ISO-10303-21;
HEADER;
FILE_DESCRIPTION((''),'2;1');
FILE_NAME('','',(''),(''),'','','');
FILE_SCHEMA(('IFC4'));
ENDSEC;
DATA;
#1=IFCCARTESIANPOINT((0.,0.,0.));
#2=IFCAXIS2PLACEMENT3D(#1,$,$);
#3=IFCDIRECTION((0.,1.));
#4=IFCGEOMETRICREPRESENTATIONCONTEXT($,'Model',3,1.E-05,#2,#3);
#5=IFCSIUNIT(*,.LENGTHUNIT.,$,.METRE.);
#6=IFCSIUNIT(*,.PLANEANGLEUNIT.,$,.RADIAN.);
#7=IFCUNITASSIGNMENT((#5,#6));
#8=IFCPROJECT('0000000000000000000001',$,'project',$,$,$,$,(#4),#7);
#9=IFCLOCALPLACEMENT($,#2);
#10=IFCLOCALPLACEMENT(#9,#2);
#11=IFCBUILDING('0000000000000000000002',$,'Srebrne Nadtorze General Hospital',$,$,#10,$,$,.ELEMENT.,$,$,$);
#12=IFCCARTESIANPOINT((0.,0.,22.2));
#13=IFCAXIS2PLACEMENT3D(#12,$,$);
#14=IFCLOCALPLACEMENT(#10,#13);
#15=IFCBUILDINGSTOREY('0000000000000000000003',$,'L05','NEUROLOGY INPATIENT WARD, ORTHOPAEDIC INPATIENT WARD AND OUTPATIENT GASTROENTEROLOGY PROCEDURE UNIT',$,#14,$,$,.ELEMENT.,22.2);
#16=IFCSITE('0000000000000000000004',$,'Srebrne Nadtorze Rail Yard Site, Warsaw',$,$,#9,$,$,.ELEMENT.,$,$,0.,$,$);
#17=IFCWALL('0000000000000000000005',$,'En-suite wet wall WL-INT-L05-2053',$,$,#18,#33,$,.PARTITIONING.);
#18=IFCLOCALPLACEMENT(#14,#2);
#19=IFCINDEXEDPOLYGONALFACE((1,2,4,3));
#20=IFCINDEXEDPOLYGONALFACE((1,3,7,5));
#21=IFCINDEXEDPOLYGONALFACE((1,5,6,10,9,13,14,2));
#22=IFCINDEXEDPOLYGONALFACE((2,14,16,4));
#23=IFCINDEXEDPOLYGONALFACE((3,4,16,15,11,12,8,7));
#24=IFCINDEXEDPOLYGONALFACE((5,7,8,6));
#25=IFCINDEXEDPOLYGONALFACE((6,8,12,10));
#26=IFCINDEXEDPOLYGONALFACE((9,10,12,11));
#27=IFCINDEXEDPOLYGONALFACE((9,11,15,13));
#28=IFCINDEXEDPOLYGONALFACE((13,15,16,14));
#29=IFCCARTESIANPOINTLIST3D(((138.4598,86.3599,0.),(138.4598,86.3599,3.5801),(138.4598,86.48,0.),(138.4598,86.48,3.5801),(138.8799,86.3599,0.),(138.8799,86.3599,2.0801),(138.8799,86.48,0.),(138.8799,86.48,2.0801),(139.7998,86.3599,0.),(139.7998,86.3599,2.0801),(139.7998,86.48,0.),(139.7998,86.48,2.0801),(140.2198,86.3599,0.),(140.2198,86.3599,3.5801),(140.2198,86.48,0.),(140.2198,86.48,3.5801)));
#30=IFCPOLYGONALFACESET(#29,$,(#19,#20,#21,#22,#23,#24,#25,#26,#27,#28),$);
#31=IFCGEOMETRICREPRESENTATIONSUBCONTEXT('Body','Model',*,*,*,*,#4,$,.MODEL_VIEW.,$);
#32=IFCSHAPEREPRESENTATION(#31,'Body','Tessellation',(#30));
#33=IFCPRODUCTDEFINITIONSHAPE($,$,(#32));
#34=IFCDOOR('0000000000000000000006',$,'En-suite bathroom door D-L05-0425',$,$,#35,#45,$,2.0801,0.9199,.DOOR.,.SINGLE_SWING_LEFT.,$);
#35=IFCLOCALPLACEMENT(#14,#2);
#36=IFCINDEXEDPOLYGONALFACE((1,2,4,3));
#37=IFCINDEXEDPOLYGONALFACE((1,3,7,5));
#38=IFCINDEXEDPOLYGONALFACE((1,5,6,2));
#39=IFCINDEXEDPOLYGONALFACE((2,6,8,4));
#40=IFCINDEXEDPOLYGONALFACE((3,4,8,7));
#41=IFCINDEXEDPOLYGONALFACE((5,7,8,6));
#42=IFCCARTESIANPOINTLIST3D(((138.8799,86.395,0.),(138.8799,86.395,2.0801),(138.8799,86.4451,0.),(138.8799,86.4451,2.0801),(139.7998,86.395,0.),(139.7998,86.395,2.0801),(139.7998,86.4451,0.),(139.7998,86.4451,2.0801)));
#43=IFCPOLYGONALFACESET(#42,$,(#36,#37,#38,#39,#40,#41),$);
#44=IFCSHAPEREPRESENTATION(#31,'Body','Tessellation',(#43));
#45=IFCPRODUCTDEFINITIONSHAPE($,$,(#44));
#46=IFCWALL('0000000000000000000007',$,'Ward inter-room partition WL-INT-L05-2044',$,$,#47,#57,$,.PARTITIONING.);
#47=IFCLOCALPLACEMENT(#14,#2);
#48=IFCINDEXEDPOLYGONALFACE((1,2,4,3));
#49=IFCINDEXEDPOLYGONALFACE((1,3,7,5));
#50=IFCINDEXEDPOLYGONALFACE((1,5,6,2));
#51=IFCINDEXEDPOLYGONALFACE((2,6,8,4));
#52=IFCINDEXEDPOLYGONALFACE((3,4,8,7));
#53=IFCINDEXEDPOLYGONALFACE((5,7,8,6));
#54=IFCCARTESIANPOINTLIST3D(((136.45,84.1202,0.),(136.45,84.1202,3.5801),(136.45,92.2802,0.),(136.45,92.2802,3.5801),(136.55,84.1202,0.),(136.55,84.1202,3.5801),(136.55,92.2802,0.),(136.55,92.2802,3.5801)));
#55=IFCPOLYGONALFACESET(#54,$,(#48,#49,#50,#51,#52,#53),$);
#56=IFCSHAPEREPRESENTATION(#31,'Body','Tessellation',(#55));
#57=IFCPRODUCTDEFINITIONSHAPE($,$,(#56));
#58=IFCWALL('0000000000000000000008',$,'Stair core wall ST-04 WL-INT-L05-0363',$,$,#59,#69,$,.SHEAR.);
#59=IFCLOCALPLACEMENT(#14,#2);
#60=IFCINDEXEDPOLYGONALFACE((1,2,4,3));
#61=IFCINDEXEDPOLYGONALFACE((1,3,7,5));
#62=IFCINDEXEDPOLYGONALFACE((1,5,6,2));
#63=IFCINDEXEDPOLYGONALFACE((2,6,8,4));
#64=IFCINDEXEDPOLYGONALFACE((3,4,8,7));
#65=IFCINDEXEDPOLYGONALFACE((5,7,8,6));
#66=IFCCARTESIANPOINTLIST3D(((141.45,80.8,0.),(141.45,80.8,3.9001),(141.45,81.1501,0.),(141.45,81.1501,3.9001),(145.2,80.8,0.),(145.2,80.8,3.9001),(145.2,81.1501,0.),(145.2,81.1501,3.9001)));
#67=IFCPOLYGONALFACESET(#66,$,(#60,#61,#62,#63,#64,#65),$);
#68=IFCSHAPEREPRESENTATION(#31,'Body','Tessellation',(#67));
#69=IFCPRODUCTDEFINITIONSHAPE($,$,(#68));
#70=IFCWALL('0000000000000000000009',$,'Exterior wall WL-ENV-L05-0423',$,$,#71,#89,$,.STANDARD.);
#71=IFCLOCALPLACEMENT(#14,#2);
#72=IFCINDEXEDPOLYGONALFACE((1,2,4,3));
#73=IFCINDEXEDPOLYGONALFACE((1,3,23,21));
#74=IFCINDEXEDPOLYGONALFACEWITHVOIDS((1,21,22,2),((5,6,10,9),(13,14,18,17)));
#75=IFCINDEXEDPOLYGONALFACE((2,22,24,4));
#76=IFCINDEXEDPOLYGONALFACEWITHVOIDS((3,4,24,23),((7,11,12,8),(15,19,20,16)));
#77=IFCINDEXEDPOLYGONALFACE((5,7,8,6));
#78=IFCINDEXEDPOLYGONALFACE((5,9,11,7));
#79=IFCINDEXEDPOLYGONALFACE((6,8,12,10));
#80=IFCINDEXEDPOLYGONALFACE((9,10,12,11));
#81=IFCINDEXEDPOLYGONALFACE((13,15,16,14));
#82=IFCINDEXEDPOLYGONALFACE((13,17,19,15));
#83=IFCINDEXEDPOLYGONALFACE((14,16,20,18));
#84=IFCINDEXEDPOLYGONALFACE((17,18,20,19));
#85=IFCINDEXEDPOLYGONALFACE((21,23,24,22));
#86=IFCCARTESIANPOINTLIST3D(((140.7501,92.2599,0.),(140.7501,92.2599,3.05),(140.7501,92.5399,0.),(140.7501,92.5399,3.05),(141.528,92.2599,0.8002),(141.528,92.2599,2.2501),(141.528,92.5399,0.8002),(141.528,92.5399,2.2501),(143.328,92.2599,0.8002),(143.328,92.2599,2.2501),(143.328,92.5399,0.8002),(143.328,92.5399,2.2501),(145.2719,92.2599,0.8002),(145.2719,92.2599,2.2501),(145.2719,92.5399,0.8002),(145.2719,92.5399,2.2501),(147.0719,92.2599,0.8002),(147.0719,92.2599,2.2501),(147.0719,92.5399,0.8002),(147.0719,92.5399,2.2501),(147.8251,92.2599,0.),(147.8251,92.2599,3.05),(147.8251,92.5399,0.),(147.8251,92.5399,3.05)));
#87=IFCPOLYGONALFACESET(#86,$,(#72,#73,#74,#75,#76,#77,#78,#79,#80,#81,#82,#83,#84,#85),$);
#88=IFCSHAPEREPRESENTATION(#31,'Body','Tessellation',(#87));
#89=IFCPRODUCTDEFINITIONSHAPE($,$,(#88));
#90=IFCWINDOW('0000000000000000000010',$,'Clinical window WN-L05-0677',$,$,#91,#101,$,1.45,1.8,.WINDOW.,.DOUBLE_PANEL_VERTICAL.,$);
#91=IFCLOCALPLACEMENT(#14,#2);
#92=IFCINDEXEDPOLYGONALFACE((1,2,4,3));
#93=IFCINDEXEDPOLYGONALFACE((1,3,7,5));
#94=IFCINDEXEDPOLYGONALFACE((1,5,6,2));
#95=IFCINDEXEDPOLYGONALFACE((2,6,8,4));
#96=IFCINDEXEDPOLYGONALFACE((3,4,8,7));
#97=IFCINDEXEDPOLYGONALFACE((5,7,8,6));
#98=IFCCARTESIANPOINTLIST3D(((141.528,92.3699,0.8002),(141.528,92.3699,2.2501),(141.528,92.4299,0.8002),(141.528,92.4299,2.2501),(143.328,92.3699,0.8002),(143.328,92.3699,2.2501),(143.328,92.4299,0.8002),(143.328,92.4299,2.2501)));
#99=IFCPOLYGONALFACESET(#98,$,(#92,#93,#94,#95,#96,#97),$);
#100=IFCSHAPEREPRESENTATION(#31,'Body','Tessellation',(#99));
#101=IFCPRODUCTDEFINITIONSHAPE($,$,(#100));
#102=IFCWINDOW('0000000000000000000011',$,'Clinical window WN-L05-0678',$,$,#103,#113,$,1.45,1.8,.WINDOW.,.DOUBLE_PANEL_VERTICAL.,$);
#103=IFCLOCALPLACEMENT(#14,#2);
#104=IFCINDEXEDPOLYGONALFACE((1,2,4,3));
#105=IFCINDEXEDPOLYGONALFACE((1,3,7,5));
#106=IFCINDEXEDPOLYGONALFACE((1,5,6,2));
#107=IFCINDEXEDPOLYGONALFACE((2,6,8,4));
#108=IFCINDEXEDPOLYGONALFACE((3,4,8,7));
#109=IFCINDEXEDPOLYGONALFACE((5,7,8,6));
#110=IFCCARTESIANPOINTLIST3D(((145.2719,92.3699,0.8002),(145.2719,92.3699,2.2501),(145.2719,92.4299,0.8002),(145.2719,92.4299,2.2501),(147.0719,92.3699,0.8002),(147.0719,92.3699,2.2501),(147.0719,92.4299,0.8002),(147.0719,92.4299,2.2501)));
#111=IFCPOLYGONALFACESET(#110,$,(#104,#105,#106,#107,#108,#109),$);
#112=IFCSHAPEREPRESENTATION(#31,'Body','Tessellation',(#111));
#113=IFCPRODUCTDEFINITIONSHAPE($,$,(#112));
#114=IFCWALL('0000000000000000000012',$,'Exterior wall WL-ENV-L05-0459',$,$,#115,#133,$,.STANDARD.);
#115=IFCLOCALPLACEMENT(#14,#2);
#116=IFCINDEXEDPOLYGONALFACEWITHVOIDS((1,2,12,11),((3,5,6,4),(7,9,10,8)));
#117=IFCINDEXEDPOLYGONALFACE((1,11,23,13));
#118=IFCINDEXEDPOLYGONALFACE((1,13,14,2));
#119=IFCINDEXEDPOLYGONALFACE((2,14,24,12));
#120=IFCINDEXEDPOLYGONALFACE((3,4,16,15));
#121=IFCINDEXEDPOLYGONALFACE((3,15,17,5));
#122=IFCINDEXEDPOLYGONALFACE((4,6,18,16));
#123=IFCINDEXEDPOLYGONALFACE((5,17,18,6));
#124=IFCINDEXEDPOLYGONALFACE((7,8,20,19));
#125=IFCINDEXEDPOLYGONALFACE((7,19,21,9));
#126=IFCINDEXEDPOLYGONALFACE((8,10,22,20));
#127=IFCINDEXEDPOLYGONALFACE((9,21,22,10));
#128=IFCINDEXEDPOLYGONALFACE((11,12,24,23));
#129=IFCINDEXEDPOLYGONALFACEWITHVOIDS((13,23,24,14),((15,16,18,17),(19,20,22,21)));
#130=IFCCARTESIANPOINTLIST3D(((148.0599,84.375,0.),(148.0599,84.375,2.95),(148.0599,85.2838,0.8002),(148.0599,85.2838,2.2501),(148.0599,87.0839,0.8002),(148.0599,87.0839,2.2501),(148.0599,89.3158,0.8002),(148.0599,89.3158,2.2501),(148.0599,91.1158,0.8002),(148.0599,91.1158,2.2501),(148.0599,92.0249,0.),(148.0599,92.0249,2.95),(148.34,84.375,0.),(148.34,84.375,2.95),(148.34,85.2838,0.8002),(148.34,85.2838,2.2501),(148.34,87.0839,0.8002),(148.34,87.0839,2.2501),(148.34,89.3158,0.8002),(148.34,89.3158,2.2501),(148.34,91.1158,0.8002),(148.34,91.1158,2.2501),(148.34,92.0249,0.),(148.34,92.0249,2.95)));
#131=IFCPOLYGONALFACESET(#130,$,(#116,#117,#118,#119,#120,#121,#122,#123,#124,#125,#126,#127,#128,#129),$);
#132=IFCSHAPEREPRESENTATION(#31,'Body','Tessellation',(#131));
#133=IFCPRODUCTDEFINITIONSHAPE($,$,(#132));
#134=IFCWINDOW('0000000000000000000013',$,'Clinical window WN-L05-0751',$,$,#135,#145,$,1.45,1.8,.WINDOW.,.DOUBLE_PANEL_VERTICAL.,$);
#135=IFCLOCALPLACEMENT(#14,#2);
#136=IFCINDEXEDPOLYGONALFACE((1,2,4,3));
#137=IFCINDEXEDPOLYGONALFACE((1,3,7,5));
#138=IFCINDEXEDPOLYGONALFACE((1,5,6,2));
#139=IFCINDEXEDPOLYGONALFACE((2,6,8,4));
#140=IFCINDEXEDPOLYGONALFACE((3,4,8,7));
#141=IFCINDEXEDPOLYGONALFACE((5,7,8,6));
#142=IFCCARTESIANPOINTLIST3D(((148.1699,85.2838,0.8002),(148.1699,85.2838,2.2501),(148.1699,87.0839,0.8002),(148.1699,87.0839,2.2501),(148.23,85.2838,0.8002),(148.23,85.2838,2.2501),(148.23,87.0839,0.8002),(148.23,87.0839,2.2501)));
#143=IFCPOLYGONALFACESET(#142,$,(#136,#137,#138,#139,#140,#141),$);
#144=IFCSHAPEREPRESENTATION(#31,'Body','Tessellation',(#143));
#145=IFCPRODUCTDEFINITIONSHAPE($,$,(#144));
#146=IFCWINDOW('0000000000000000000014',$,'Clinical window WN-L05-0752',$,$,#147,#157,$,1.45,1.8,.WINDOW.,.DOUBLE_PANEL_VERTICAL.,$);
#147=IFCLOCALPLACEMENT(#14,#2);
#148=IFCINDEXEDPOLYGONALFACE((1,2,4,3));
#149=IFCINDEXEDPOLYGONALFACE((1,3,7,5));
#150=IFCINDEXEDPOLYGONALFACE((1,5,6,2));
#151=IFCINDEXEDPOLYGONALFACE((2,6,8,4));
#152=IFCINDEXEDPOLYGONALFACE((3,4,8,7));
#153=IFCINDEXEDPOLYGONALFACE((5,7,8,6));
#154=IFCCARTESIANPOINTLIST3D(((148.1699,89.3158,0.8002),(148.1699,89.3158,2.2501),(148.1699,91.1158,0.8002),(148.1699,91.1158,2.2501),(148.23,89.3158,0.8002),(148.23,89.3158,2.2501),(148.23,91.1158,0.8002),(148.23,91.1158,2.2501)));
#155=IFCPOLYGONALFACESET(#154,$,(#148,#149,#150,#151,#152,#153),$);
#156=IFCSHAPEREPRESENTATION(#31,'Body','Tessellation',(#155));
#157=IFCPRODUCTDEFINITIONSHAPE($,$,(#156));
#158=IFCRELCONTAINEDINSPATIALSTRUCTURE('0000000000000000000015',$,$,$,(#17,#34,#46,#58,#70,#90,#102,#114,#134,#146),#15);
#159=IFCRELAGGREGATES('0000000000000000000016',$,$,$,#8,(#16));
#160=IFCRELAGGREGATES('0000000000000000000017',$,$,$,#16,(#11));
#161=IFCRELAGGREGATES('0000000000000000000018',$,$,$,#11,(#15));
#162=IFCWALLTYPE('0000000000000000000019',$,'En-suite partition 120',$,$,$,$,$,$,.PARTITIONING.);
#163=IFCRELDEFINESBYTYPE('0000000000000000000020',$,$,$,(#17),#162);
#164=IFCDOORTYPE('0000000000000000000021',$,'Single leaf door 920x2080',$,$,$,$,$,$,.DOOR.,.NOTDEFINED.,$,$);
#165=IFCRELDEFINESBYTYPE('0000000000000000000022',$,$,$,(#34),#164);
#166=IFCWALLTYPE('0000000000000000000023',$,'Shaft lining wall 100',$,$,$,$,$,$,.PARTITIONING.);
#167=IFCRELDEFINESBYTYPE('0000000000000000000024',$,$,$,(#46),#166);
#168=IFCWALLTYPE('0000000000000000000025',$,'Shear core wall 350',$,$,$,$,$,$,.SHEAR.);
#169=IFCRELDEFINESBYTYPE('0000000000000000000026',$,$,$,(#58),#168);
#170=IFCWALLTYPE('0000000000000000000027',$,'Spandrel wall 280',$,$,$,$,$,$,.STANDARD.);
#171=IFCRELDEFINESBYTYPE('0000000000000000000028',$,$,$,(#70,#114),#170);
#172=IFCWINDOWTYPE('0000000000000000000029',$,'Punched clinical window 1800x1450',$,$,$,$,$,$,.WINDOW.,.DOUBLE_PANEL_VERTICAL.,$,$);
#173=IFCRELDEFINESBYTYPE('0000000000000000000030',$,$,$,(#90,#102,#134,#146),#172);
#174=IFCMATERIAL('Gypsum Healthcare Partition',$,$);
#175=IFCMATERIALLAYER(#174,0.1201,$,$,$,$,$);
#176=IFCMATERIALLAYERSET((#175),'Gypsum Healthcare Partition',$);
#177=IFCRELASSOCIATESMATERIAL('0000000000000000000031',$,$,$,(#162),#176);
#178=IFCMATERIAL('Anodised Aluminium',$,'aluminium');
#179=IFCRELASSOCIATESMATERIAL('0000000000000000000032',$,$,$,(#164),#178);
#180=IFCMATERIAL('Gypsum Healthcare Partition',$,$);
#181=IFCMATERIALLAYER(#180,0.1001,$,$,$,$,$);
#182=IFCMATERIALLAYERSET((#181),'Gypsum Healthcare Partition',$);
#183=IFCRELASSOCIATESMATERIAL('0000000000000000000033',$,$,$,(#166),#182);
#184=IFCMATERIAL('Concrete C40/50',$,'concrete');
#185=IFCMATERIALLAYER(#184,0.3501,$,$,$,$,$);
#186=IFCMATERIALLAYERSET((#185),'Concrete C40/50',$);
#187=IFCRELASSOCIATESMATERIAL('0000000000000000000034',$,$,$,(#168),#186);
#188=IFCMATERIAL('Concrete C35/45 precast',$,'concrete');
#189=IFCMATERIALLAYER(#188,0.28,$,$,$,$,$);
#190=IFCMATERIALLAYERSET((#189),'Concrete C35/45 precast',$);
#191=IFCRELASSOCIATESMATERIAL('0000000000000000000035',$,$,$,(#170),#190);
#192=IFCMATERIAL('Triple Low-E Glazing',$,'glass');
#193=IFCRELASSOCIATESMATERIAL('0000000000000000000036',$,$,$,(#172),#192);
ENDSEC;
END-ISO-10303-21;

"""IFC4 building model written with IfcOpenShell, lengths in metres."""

from ifc_helpers import new_model, si_unit, direction, frame, frame_2d, origin, place, context, subcontext, project, spatial, rectangle, extrude, material, layer, layer_set, type_object, element, fill, save


model = new_model("IFC4")

# Units and contexts
model_context = context("Model", 3, precision=1e-05, world=origin(), true_north=direction((0.0, 1.0)))
body_context = subcontext(model_context, "Body", "Model", "MODEL_VIEW")
ifc_project = project(units=[si_unit("LENGTHUNIT", "METRE"), si_unit("PLANEANGLEUNIT", "RADIAN")], contexts=[model_context])

# Site, building, storey
site_placement = place(None, origin())
site = spatial("IfcSite", under=ifc_project, at=site_placement, Name="Srebrne Nadtorze Rail Yard Site, Warsaw", CompositionType="ELEMENT", RefElevation=0.0)
building_placement = place(site_placement, origin())
building = spatial("IfcBuilding", under=site, at=building_placement, Name="Srebrne Nadtorze General Hospital", CompositionType="ELEMENT")
storey_placement = place(building_placement, frame((0.0, 0.0, 22.2)))
storey = spatial("IfcBuildingStorey", under=building, at=storey_placement, Name="L05", Description="NEUROLOGY INPATIENT WARD, ORTHOPAEDIC INPATIENT WARD AND OUTPATIENT GASTROENTEROLOGY PROCEDURE UNIT", CompositionType="ELEMENT", Elevation=22.2)

# Shared definitions
ifc_material_1 = material(Name="Gypsum Healthcare Partition")
ifc_layer_1 = layer(ifc_material_1, 0.1201)
ifc_layer_set_1 = layer_set([ifc_layer_1], Name="Gypsum Healthcare Partition")
wall_type_1 = type_object("IfcWallType", Name="En-suite partition 120", PredefinedType="PARTITIONING", material=ifc_layer_set_1)

# Wall, opening, door
wall_1_placement = place(storey_placement, frame((138.46, 86.4199, 0.0), z_axis=(0.0, 0.0, 1.0), x_axis=(1.0, 0.0, 0.0)))
wall_1 = element("IfcWall", 1, at=wall_1_placement, inside=storey, type_object=wall_type_1, Name="En-suite wet wall WL-INT-L05-2053", PredefinedType="PARTITIONING", context=body_context, shape_type="SweptSolid", body=[
    extrude(rectangle(XDim=1.76, YDim=0.1201, at=frame_2d((0.8799, 0.0))), origin(), (0.0, 0.0, 1.0), 3.5801),
])
opening_1_placement = place(wall_1_placement, frame((0.4199, 0.0, 0.0)))
opening_1 = element("IfcOpeningElement", 2, at=opening_1_placement, cuts=wall_1, PredefinedType="OPENING", context=body_context, shape_type="SweptSolid", body=[
    extrude(rectangle(XDim=0.9199, YDim=2.0801, at=frame_2d((0.46, 1.04))), frame((0.0, 0.072, 0.0), z_axis=(0.0, -1.0, 0.0), x_axis=(1.0, 0.0, 0.0)), (0.0, 0.0, 1.0), 0.144),
])
ifc_material_2 = material(Name="Anodised Aluminium", Category="aluminium")
door_type_1 = type_object("IfcDoorType", Name="Single leaf door 920x2080", OperationType="NOTDEFINED", PredefinedType="DOOR", material=ifc_material_2)
door_1_placement = place(opening_1_placement, frame((0.9199, 0.0, 0.0), z_axis=(0.0, 0.0, 1.0), x_axis=(-1.0, 0.0, 0.0)))
door_1 = element("IfcDoor", 3, at=door_1_placement, inside=storey, type_object=door_type_1, Name="En-suite bathroom door D-L05-0425", OperationType="SINGLE_SWING_LEFT", OverallHeight=2.0801, OverallWidth=0.9199, PredefinedType="DOOR", context=body_context, shape_type="SweptSolid", body=[
    extrude(rectangle(XDim=0.9199, YDim=2.0801, at=frame_2d((0.46, 1.04))), frame((0.0, 0.0249, 0.0), z_axis=(0.0, -1.0, 0.0), x_axis=(1.0, 0.0, 0.0)), (0.0, 0.0, 1.0), 0.05),
])
fill(opening_1, door_1)

# Walls
ifc_material_3 = material(Name="Gypsum Healthcare Partition")
ifc_layer_2 = layer(ifc_material_3, 0.1001)
ifc_layer_set_2 = layer_set([ifc_layer_2], Name="Gypsum Healthcare Partition")
wall_type_2 = type_object("IfcWallType", Name="Shaft lining wall 100", PredefinedType="PARTITIONING", material=ifc_layer_set_2)
wall_2_placement = place(storey_placement, frame((136.5, 84.1201, 0.0), z_axis=(0.0, 0.0, 1.0), x_axis=(0.0, 1.0, 0.0)))
element("IfcWall", 4, at=wall_2_placement, inside=storey, type_object=wall_type_2, Name="Ward inter-room partition WL-INT-L05-2044", PredefinedType="PARTITIONING", context=body_context, shape_type="SweptSolid", body=[
    extrude(rectangle(XDim=8.1599, YDim=0.1001, at=frame_2d((4.0801, 0.0))), origin(), (0.0, 0.0, 1.0), 3.5801),
])
ifc_material_4 = material(Name="Concrete C40/50", Category="concrete")
ifc_layer_3 = layer(ifc_material_4, 0.3501)
ifc_layer_set_3 = layer_set([ifc_layer_3], Name="Concrete C40/50")
wall_type_3 = type_object("IfcWallType", Name="Shear core wall 350", PredefinedType="SHEAR", material=ifc_layer_set_3)
wall_3_placement = place(storey_placement, frame((141.45, 80.9751, 0.0), z_axis=(0.0, 0.0, 1.0), x_axis=(1.0, 0.0, 0.0)))
element("IfcWall", 5, at=wall_3_placement, inside=storey, type_object=wall_type_3, Name="Stair core wall ST-04 WL-INT-L05-0363", PredefinedType="SHEAR", context=body_context, shape_type="SweptSolid", body=[
    extrude(rectangle(XDim=3.75, YDim=0.3501, at=frame_2d((1.875, 0.0))), origin(), (0.0, 0.0, 1.0), 3.9001),
])

# Walls, openings, windows
ifc_material_5 = material(Name="Concrete C35/45 precast", Category="concrete")
ifc_layer_4 = layer(ifc_material_5, 0.28)
ifc_layer_set_4 = layer_set([ifc_layer_4], Name="Concrete C35/45 precast")
wall_type_4 = type_object("IfcWallType", Name="Spandrel wall 280", PredefinedType="STANDARD", material=ifc_layer_set_4)
wall_4_placement = place(storey_placement, frame((140.75, 92.3999, 0.0), z_axis=(0.0, 0.0, 1.0), x_axis=(1.0, 0.0, 0.0)))
wall_4 = element("IfcWall", 6, at=wall_4_placement, inside=storey, type_object=wall_type_4, Name="Exterior wall WL-ENV-L05-0423", PredefinedType="STANDARD", context=body_context, shape_type="SweptSolid", body=[
    extrude(rectangle(XDim=7.075, YDim=0.28, at=frame_2d((3.5376, 0.0))), origin(), (0.0, 0.0, 1.0), 3.05),
])
opening_2_placement = place(wall_4_placement, frame((0.7781, 0.0, 0.8)))
opening_2 = element("IfcOpeningElement", 7, at=opening_2_placement, cuts=wall_4, PredefinedType="OPENING", context=body_context, shape_type="SweptSolid", body=[
    extrude(rectangle(XDim=1.8, YDim=1.45, at=frame_2d((0.8999, 0.7251))), frame((0.0, 0.1519, 0.0), z_axis=(0.0, -1.0, 0.0), x_axis=(1.0, 0.0, 0.0)), (0.0, 0.0, 1.0), 0.304),
])
opening_3_placement = place(wall_4_placement, frame((4.522, 0.0, 0.8)))
opening_3 = element("IfcOpeningElement", 8, at=opening_3_placement, cuts=wall_4, PredefinedType="OPENING", context=body_context, shape_type="SweptSolid", body=[
    extrude(rectangle(XDim=1.8, YDim=1.45, at=frame_2d((0.8999, 0.7251))), frame((0.0, 0.1519, 0.0), z_axis=(0.0, -1.0, 0.0), x_axis=(1.0, 0.0, 0.0)), (0.0, 0.0, 1.0), 0.304),
])
ifc_material_6 = material(Name="Triple Low-E Glazing", Category="glass")
window_type = type_object("IfcWindowType", Name="Punched clinical window 1800x1450", PartitioningType="DOUBLE_PANEL_VERTICAL", PredefinedType="WINDOW", material=ifc_material_6)
window_1_placement = place(opening_2_placement, origin())
window_1 = element("IfcWindow", 9, at=window_1_placement, inside=storey, type_object=window_type, Name="Clinical window WN-L05-0677", OverallHeight=1.45, OverallWidth=1.8, PartitioningType="DOUBLE_PANEL_VERTICAL", PredefinedType="WINDOW", context=body_context, shape_type="SweptSolid", body=[
    extrude(rectangle(XDim=1.8, YDim=1.45, at=frame_2d((0.8999, 0.7251))), frame((0.0, 0.03, 0.0), z_axis=(0.0, -1.0, 0.0), x_axis=(1.0, 0.0, 0.0)), (0.0, 0.0, 1.0), 0.0601),
])
fill(opening_2, window_1)
window_2_placement = place(opening_3_placement, origin())
window_2 = element("IfcWindow", 10, at=window_2_placement, inside=storey, type_object=window_type, Name="Clinical window WN-L05-0678", OverallHeight=1.45, OverallWidth=1.8, PartitioningType="DOUBLE_PANEL_VERTICAL", PredefinedType="WINDOW", context=body_context, shape_type="SweptSolid", body=[
    extrude(rectangle(XDim=1.8, YDim=1.45, at=frame_2d((0.8999, 0.7251))), frame((0.0, 0.03, 0.0), z_axis=(0.0, -1.0, 0.0), x_axis=(1.0, 0.0, 0.0)), (0.0, 0.0, 1.0), 0.0601),
])
fill(opening_3, window_2)
wall_5_placement = place(storey_placement, frame((148.2, 84.375, 0.0), z_axis=(0.0, 0.0, 1.0), x_axis=(0.0, 1.0, 0.0)))
wall_5 = element("IfcWall", 11, at=wall_5_placement, inside=storey, type_object=wall_type_4, Name="Exterior wall WL-ENV-L05-0459", PredefinedType="STANDARD", context=body_context, shape_type="SweptSolid", body=[
    extrude(rectangle(XDim=7.6499, YDim=0.28, at=frame_2d((3.825, 0.0))), origin(), (0.0, 0.0, 1.0), 2.95),
])
opening_4_placement = place(wall_5_placement, frame((0.9089, 0.0, 0.8)))
opening_4 = element("IfcOpeningElement", 12, at=opening_4_placement, cuts=wall_5, PredefinedType="OPENING", context=body_context, shape_type="SweptSolid", body=[
    extrude(rectangle(XDim=1.8, YDim=1.45, at=frame_2d((0.8999, 0.7251))), frame((0.0, 0.1519, 0.0), z_axis=(0.0, -1.0, 0.0), x_axis=(1.0, 0.0, 0.0)), (0.0, 0.0, 1.0), 0.304),
])
opening_5_placement = place(wall_5_placement, frame((4.9409, 0.0, 0.8)))
opening_5 = element("IfcOpeningElement", 13, at=opening_5_placement, cuts=wall_5, PredefinedType="OPENING", context=body_context, shape_type="SweptSolid", body=[
    extrude(rectangle(XDim=1.8, YDim=1.45, at=frame_2d((0.8999, 0.7251))), frame((0.0, 0.1519, 0.0), z_axis=(0.0, -1.0, 0.0), x_axis=(1.0, 0.0, 0.0)), (0.0, 0.0, 1.0), 0.304),
])
window_3_placement = place(opening_4_placement, origin())
window_3 = element("IfcWindow", 14, at=window_3_placement, inside=storey, type_object=window_type, Name="Clinical window WN-L05-0751", OverallHeight=1.45, OverallWidth=1.8, PartitioningType="DOUBLE_PANEL_VERTICAL", PredefinedType="WINDOW", context=body_context, shape_type="SweptSolid", body=[
    extrude(rectangle(XDim=1.8, YDim=1.45, at=frame_2d((0.8999, 0.7251))), frame((0.0, 0.03, 0.0), z_axis=(0.0, -1.0, 0.0), x_axis=(1.0, 0.0, 0.0)), (0.0, 0.0, 1.0), 0.0601),
])
fill(opening_4, window_3)
window_4_placement = place(opening_5_placement, origin())
window_4 = element("IfcWindow", 15, at=window_4_placement, inside=storey, type_object=window_type, Name="Clinical window WN-L05-0752", OverallHeight=1.45, OverallWidth=1.8, PartitioningType="DOUBLE_PANEL_VERTICAL", PredefinedType="WINDOW", context=body_context, shape_type="SweptSolid", body=[
    extrude(rectangle(XDim=1.8, YDim=1.45, at=frame_2d((0.8999, 0.7251))), frame((0.0, 0.03, 0.0), z_axis=(0.0, -1.0, 0.0), x_axis=(1.0, 0.0, 0.0)), (0.0, 0.0, 1.0), 0.0601),
])
fill(opening_5, window_4)

save(model, "model.ifc")
